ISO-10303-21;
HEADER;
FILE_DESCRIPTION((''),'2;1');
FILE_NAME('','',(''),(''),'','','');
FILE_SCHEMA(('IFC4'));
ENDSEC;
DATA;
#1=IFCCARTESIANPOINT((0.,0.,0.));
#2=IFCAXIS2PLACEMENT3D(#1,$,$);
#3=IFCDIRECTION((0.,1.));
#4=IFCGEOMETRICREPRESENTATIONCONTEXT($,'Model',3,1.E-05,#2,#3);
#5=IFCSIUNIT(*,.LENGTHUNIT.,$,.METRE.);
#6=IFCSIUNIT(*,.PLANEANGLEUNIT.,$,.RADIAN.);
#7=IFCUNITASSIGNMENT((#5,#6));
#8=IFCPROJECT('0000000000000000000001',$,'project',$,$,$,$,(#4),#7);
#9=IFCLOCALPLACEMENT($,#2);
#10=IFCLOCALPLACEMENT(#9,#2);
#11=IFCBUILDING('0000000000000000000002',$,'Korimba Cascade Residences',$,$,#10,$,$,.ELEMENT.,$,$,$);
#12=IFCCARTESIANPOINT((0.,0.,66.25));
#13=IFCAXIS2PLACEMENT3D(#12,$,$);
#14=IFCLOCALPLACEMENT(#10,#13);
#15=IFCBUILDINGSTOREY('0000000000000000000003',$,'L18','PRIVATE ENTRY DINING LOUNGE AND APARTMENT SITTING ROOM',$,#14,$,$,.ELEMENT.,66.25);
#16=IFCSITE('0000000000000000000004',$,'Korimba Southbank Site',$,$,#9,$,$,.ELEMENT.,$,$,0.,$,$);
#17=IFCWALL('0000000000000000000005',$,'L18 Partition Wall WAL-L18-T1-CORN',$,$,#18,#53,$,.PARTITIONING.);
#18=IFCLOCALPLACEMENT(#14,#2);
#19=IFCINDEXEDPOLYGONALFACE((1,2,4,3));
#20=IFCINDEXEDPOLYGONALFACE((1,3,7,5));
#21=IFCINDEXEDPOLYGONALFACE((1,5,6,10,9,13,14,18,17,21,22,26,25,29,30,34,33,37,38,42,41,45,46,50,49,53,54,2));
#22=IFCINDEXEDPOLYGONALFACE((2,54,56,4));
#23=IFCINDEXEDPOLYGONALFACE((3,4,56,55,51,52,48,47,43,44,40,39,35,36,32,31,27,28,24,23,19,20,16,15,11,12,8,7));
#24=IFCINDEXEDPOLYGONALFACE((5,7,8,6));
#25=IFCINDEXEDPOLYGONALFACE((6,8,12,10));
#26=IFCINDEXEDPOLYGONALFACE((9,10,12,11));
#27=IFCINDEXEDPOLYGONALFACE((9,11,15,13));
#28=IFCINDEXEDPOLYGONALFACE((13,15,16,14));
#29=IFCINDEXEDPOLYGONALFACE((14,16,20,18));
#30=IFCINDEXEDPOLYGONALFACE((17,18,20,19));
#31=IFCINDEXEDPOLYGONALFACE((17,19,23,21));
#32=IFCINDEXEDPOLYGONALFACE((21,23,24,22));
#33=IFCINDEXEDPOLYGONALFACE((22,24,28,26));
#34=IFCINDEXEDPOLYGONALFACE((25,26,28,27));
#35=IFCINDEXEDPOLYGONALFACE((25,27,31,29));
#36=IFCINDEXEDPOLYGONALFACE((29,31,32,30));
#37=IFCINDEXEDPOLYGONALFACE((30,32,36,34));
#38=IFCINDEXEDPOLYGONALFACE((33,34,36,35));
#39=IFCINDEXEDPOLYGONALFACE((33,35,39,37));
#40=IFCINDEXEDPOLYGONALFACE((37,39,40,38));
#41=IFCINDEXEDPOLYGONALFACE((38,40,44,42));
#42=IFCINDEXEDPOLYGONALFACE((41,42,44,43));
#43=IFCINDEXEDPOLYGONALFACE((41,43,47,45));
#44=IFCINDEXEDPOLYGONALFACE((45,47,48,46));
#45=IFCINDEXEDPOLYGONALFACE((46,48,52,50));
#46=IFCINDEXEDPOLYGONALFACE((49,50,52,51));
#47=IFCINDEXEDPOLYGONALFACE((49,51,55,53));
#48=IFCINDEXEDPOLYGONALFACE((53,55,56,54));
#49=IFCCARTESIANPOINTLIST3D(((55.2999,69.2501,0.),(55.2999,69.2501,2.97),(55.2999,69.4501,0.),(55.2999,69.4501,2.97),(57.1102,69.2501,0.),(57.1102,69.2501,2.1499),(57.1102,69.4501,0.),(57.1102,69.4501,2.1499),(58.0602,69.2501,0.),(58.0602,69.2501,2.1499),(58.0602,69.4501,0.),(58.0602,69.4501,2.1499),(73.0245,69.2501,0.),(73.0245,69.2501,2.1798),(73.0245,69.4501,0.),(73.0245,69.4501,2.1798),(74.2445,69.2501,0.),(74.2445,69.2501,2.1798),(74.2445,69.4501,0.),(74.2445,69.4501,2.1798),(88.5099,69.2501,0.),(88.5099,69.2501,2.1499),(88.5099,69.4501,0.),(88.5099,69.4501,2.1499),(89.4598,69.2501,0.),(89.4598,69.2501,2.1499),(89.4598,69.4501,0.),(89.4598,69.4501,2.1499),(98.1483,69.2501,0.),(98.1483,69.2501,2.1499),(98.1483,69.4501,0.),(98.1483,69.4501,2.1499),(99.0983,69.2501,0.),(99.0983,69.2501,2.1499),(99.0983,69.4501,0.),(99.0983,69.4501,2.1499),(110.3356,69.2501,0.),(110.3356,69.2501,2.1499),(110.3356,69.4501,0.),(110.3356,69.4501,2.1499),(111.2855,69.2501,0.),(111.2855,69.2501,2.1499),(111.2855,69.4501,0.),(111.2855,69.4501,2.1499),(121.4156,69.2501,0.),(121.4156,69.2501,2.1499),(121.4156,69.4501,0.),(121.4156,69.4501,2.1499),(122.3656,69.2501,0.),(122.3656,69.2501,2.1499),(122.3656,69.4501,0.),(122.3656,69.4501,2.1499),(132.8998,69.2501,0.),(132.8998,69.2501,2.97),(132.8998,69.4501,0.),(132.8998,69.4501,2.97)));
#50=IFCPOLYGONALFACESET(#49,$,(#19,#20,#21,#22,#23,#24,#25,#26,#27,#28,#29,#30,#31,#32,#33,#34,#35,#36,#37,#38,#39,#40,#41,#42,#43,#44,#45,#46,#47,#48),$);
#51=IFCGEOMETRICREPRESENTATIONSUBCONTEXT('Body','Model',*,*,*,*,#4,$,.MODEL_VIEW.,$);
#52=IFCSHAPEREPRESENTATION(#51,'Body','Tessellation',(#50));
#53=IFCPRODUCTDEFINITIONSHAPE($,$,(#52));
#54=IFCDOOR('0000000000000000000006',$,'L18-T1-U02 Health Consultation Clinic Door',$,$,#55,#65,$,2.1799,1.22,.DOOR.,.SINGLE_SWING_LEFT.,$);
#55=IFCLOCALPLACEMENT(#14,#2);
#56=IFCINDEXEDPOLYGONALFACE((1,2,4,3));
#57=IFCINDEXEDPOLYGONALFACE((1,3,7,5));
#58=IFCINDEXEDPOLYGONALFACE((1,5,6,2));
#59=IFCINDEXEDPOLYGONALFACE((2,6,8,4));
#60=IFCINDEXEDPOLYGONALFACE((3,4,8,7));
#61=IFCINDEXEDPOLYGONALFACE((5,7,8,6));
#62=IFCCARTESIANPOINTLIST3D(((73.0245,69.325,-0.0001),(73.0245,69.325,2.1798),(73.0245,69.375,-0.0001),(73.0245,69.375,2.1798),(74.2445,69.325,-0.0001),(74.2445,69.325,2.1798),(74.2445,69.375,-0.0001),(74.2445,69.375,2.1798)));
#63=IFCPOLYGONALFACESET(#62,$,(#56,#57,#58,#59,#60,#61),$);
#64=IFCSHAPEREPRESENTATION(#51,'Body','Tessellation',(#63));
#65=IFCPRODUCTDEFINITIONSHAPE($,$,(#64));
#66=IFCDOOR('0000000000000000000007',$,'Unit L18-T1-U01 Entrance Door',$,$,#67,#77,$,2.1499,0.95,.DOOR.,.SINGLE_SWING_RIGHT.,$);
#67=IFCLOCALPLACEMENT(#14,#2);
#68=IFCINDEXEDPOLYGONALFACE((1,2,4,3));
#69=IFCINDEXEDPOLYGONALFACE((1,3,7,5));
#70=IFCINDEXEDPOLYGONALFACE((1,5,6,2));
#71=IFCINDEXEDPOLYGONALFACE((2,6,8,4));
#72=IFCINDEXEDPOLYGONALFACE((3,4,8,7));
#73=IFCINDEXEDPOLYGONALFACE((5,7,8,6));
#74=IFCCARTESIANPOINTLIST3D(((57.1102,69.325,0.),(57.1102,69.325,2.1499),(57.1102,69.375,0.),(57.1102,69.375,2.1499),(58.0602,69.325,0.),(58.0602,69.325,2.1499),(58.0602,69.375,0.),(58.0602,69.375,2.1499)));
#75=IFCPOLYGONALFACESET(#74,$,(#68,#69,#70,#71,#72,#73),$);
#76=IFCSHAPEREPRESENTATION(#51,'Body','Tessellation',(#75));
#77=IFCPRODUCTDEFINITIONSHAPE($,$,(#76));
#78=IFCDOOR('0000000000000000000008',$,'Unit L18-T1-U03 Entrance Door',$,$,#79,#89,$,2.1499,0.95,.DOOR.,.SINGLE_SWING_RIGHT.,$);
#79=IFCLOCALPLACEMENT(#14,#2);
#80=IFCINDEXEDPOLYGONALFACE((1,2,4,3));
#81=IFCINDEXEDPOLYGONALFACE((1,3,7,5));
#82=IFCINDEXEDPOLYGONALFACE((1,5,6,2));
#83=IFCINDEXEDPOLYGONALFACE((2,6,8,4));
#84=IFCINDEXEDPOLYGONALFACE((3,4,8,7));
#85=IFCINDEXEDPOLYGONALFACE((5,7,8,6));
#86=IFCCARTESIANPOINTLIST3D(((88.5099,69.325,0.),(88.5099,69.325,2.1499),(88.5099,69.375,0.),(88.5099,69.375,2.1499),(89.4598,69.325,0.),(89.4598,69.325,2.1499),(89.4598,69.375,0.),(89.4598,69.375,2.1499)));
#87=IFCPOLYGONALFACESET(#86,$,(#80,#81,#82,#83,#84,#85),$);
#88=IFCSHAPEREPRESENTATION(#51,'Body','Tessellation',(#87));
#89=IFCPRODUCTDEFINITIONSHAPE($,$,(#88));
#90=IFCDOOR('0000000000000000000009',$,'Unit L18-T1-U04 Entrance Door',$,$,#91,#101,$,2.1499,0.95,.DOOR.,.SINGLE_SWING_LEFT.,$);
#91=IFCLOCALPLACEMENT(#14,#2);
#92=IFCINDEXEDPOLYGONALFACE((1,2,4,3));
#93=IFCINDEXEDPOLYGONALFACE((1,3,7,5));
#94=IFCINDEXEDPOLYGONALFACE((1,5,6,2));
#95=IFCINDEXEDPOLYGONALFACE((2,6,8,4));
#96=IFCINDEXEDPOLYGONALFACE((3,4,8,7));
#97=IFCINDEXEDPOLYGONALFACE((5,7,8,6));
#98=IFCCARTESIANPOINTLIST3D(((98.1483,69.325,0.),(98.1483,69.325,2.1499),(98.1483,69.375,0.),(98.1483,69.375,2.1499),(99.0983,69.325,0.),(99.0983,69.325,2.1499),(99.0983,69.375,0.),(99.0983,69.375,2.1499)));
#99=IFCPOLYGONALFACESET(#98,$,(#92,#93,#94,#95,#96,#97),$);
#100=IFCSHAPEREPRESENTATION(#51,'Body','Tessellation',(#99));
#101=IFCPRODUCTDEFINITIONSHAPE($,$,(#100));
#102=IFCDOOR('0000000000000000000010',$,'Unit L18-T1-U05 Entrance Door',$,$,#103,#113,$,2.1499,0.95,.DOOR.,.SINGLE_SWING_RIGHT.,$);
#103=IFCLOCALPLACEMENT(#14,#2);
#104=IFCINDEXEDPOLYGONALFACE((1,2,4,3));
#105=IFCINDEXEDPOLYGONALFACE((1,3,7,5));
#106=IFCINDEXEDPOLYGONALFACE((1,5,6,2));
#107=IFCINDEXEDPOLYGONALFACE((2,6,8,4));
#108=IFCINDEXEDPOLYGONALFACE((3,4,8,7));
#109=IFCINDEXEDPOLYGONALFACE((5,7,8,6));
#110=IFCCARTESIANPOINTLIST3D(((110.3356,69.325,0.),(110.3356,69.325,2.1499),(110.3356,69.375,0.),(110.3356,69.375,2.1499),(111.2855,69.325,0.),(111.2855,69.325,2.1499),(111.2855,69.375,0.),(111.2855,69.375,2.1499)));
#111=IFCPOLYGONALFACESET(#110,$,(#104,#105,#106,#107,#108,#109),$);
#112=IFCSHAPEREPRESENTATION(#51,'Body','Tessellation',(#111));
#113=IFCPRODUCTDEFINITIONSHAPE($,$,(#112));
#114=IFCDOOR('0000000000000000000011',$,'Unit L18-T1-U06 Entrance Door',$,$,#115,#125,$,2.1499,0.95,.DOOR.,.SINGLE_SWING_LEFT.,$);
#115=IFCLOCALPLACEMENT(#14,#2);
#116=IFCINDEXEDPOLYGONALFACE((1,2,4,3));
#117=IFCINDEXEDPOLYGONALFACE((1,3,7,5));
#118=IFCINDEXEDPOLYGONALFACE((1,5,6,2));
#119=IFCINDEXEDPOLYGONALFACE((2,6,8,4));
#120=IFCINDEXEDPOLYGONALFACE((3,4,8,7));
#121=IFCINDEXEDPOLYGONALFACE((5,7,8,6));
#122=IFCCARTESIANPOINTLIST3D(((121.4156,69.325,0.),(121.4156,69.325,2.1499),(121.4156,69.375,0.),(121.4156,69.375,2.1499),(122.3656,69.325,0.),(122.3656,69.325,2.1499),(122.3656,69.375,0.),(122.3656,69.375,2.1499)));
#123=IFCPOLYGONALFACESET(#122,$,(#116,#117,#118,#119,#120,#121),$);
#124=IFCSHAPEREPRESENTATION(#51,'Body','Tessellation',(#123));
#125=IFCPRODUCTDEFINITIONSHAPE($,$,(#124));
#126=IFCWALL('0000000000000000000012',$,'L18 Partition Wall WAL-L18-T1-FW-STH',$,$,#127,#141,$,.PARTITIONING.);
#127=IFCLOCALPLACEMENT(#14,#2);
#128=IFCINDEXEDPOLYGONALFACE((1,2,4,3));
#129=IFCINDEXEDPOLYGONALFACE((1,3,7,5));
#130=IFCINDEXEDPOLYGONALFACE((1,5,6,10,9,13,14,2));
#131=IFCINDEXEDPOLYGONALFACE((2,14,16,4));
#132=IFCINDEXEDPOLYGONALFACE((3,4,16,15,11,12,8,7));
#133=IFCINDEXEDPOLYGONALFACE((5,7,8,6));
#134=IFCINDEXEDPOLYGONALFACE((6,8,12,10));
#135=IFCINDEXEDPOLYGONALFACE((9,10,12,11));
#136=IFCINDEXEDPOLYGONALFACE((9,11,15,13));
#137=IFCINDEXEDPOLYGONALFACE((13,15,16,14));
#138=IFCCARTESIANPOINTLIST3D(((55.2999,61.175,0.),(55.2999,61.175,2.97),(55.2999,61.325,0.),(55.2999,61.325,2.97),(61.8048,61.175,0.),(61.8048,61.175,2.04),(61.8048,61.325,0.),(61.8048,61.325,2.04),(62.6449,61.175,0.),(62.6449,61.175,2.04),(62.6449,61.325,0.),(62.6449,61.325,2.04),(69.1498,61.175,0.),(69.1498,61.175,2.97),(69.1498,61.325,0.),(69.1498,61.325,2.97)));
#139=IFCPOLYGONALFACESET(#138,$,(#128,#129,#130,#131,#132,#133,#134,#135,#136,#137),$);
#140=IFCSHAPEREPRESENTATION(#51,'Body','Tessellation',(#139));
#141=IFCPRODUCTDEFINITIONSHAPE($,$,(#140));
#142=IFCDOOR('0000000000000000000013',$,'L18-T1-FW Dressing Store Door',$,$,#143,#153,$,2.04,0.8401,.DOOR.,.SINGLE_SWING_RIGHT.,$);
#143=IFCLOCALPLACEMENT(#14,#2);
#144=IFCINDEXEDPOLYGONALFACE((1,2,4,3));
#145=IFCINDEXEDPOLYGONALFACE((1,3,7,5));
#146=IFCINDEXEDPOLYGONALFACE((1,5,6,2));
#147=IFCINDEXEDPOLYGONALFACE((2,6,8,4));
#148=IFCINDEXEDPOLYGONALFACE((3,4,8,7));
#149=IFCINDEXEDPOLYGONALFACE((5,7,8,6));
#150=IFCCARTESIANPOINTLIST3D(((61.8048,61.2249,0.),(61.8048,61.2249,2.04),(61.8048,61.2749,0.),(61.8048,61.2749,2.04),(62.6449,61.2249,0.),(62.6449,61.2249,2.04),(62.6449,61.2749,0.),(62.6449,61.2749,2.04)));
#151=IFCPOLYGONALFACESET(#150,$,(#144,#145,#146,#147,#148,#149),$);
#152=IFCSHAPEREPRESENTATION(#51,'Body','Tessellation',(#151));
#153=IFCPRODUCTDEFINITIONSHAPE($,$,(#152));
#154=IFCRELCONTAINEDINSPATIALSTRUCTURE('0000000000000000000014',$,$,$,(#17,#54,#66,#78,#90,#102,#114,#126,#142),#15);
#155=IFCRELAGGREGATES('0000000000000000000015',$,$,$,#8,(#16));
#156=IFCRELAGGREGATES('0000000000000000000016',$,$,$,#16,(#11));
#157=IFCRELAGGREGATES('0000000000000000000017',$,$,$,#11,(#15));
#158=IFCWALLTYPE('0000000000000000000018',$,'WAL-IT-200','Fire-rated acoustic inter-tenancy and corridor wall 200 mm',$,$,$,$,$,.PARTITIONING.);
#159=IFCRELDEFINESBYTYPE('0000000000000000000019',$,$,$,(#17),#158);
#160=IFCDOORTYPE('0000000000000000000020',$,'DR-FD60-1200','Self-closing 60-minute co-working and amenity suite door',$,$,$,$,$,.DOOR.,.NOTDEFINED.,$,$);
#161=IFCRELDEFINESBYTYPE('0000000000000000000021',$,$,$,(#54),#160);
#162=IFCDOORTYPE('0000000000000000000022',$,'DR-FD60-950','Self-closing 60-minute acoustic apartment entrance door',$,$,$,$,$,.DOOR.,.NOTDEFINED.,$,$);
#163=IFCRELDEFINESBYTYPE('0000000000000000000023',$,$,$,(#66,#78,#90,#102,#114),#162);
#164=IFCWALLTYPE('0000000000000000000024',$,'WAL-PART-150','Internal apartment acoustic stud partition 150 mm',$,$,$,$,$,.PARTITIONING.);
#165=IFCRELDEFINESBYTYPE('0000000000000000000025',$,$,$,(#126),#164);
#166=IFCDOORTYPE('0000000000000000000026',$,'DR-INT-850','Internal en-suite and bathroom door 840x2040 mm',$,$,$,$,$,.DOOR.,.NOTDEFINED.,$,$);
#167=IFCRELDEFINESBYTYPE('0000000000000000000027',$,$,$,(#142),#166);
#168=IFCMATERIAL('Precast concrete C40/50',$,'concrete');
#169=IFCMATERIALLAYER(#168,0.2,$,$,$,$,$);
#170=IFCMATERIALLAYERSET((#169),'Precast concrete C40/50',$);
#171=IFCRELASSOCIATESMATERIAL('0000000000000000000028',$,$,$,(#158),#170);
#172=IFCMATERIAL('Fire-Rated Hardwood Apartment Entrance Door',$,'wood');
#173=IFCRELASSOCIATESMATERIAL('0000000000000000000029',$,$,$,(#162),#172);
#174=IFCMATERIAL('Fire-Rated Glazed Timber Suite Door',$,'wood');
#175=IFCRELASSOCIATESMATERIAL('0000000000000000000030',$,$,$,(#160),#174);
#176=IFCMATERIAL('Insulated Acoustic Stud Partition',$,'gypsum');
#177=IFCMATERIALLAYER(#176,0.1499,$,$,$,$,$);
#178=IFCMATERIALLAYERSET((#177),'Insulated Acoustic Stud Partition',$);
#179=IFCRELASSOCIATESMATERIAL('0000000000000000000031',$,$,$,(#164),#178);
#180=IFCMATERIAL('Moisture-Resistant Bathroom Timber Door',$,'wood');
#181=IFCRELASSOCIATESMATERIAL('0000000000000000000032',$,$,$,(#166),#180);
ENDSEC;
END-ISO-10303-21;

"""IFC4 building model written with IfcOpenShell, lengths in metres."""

from ifc_helpers import new_model, si_unit, direction, frame, frame_2d, origin, place, context, subcontext, project, spatial, rectangle, extrude, material, layer, layer_set, type_object, element, fill, save


model = new_model("IFC4")

# Units and contexts
model_context = context("Model", 3, precision=1e-05, world=origin(), true_north=direction((0.0, 1.0)))
body_context = subcontext(model_context, "Body", "Model", "MODEL_VIEW")
ifc_project = project(units=[si_unit("LENGTHUNIT", "METRE"), si_unit("PLANEANGLEUNIT", "RADIAN")], contexts=[model_context])

# Site, building, storey
site_placement = place(None, origin())
site = spatial("IfcSite", under=ifc_project, at=site_placement, Name="Korimba Southbank Site", CompositionType="ELEMENT", RefElevation=0.0)
building_placement = place(site_placement, origin())
building = spatial("IfcBuilding", under=site, at=building_placement, Name="Korimba Cascade Residences", CompositionType="ELEMENT")
storey_placement = place(building_placement, frame((0.0, 0.0, 66.25)))
storey = spatial("IfcBuildingStorey", under=building, at=storey_placement, Name="L18", Description="PRIVATE ENTRY DINING LOUNGE AND APARTMENT SITTING ROOM", CompositionType="ELEMENT", Elevation=66.25)

# Shared definitions
ifc_material_1 = material(Name="Precast concrete C40/50", Category="concrete")
ifc_layer_1 = layer(ifc_material_1, 0.2)
ifc_layer_set_1 = layer_set([ifc_layer_1], Name="Precast concrete C40/50")
wall_type_1 = type_object("IfcWallType", Name="WAL-IT-200", Description="Fire-rated acoustic inter-tenancy and corridor wall 200 mm", PredefinedType="PARTITIONING", material=ifc_layer_set_1)
ifc_material_2 = material(Name="Fire-Rated Hardwood Apartment Entrance Door", Category="wood")
door_type_1 = type_object("IfcDoorType", Name="DR-FD60-950", Description="Self-closing 60-minute acoustic apartment entrance door", OperationType="NOTDEFINED", PredefinedType="DOOR", material=ifc_material_2)

# Wall, openings, doors
wall_1_placement = place(storey_placement, frame((55.3, 69.3501, 0.0), z_axis=(0.0, 0.0, 1.0), x_axis=(1.0, 0.0, 0.0)))
wall_1 = element("IfcWall", 1, at=wall_1_placement, inside=storey, type_object=wall_type_1, Name="L18 Partition Wall WAL-L18-T1-CORN", PredefinedType="PARTITIONING", context=body_context, shape_type="SweptSolid", body=[
    extrude(rectangle(XDim=77.5999, YDim=0.2, at=frame_2d((38.7998, 0.0))), origin(), (0.0, 0.0, 1.0), 2.97),
])
opening_1_placement = place(wall_1_placement, frame((1.8101, 0.0, 0.0)))
opening_1 = element("IfcOpeningElement", 2, at=opening_1_placement, cuts=wall_1, PredefinedType="OPENING", context=body_context, shape_type="SweptSolid", body=[
    extrude(rectangle(XDim=0.95, YDim=2.1499, at=frame_2d((0.4751, 1.075))), frame((0.0, 0.1099, 0.0), z_axis=(0.0, -1.0, 0.0), x_axis=(1.0, 0.0, 0.0)), (0.0, 0.0, 1.0), 0.22),
])
opening_2_placement = place(wall_1_placement, frame((17.7246, 0.0, 0.0)))
opening_2 = element("IfcOpeningElement", 3, at=opening_2_placement, cuts=wall_1, PredefinedType="OPENING", context=body_context, shape_type="SweptSolid", body=[
    extrude(rectangle(XDim=1.22, YDim=2.1799, at=frame_2d((0.6099, 1.0898))), frame((0.0, 0.1099, 0.0), z_axis=(0.0, -1.0, 0.0), x_axis=(1.0, 0.0, 0.0)), (0.0, 0.0, 1.0), 0.22),
])
opening_3_placement = place(wall_1_placement, frame((33.2097, 0.0, 0.0)))
opening_3 = element("IfcOpeningElement", 4, at=opening_3_placement, cuts=wall_1, PredefinedType="OPENING", context=body_context, shape_type="SweptSolid", body=[
    extrude(rectangle(XDim=0.95, YDim=2.1499, at=frame_2d((0.4751, 1.075))), frame((0.0, 0.1099, 0.0), z_axis=(0.0, -1.0, 0.0), x_axis=(1.0, 0.0, 0.0)), (0.0, 0.0, 1.0), 0.22),
])
opening_4_placement = place(wall_1_placement, frame((42.8481, 0.0, 0.0)))
opening_4 = element("IfcOpeningElement", 5, at=opening_4_placement, cuts=wall_1, PredefinedType="OPENING", context=body_context, shape_type="SweptSolid", body=[
    extrude(rectangle(XDim=0.95, YDim=2.1499, at=frame_2d((0.4751, 1.075))), frame((0.0, 0.1099, 0.0), z_axis=(0.0, -1.0, 0.0), x_axis=(1.0, 0.0, 0.0)), (0.0, 0.0, 1.0), 0.22),
])
opening_5_placement = place(wall_1_placement, frame((55.0354, 0.0, 0.0)))
opening_5 = element("IfcOpeningElement", 6, at=opening_5_placement, cuts=wall_1, PredefinedType="OPENING", context=body_context, shape_type="SweptSolid", body=[
    extrude(rectangle(XDim=0.95, YDim=2.1499, at=frame_2d((0.4751, 1.075))), frame((0.0, 0.1099, 0.0), z_axis=(0.0, -1.0, 0.0), x_axis=(1.0, 0.0, 0.0)), (0.0, 0.0, 1.0), 0.22),
])
opening_6_placement = place(wall_1_placement, frame((66.1155, 0.0, 0.0)))
opening_6 = element("IfcOpeningElement", 7, at=opening_6_placement, cuts=wall_1, PredefinedType="OPENING", context=body_context, shape_type="SweptSolid", body=[
    extrude(rectangle(XDim=0.95, YDim=2.1499, at=frame_2d((0.4751, 1.075))), frame((0.0, 0.1099, 0.0), z_axis=(0.0, -1.0, 0.0), x_axis=(1.0, 0.0, 0.0)), (0.0, 0.0, 1.0), 0.22),
])
ifc_material_3 = material(Name="Fire-Rated Glazed Timber Suite Door", Category="wood")
door_type_2 = type_object("IfcDoorType", Name="DR-FD60-1200", Description="Self-closing 60-minute co-working and amenity suite door", OperationType="NOTDEFINED", PredefinedType="DOOR", material=ifc_material_3)
door_1_placement = place(opening_2_placement, origin())
door_1 = element("IfcDoor", 8, at=door_1_placement, inside=storey, type_object=door_type_2, Name="L18-T1-U02 Health Consultation Clinic Door", OperationType="SINGLE_SWING_LEFT", OverallHeight=2.1799, OverallWidth=1.22, PredefinedType="DOOR", context=body_context, shape_type="SweptSolid", body=[
    extrude(rectangle(XDim=1.22, YDim=2.1799, at=frame_2d((0.6099, 1.0898))), frame((0.0, 0.0249, 0.0), z_axis=(0.0, -1.0, 0.0), x_axis=(1.0, 0.0, 0.0)), (0.0, 0.0, 1.0), 0.05),
])
fill(opening_2, door_1)
door_2_placement = place(opening_1_placement, origin())
door_2 = element("IfcDoor", 9, at=door_2_placement, inside=storey, type_object=door_type_1, Name="Unit L18-T1-U01 Entrance Door", OperationType="SINGLE_SWING_RIGHT", OverallHeight=2.1499, OverallWidth=0.95, PredefinedType="DOOR", context=body_context, shape_type="SweptSolid", body=[
    extrude(rectangle(XDim=0.95, YDim=2.1499, at=frame_2d((0.4751, 1.075))), frame((0.0, 0.0249, 0.0), z_axis=(0.0, -1.0, 0.0), x_axis=(1.0, 0.0, 0.0)), (0.0, 0.0, 1.0), 0.05),
])
fill(opening_1, door_2)
door_3_placement = place(opening_3_placement, origin())
door_3 = element("IfcDoor", 10, at=door_3_placement, inside=storey, type_object=door_type_1, Name="Unit L18-T1-U03 Entrance Door", OperationType="SINGLE_SWING_RIGHT", OverallHeight=2.1499, OverallWidth=0.95, PredefinedType="DOOR", context=body_context, shape_type="SweptSolid", body=[
    extrude(rectangle(XDim=0.95, YDim=2.1499, at=frame_2d((0.4751, 1.075))), frame((0.0, 0.0249, 0.0), z_axis=(0.0, -1.0, 0.0), x_axis=(1.0, 0.0, 0.0)), (0.0, 0.0, 1.0), 0.05),
])
fill(opening_3, door_3)
door_4_placement = place(opening_4_placement, origin())
door_4 = element("IfcDoor", 11, at=door_4_placement, inside=storey, type_object=door_type_1, Name="Unit L18-T1-U04 Entrance Door", OperationType="SINGLE_SWING_LEFT", OverallHeight=2.1499, OverallWidth=0.95, PredefinedType="DOOR", context=body_context, shape_type="SweptSolid", body=[
    extrude(rectangle(XDim=0.95, YDim=2.1499, at=frame_2d((0.4751, 1.075))), frame((0.0, 0.0249, 0.0), z_axis=(0.0, -1.0, 0.0), x_axis=(1.0, 0.0, 0.0)), (0.0, 0.0, 1.0), 0.05),
])
fill(opening_4, door_4)
door_5_placement = place(opening_5_placement, origin())
door_5 = element("IfcDoor", 12, at=door_5_placement, inside=storey, type_object=door_type_1, Name="Unit L18-T1-U05 Entrance Door", OperationType="SINGLE_SWING_RIGHT", OverallHeight=2.1499, OverallWidth=0.95, PredefinedType="DOOR", context=body_context, shape_type="SweptSolid", body=[
    extrude(rectangle(XDim=0.95, YDim=2.1499, at=frame_2d((0.4751, 1.075))), frame((0.0, 0.0249, 0.0), z_axis=(0.0, -1.0, 0.0), x_axis=(1.0, 0.0, 0.0)), (0.0, 0.0, 1.0), 0.05),
])
fill(opening_5, door_5)
door_6_placement = place(opening_6_placement, origin())
door_6 = element("IfcDoor", 13, at=door_6_placement, inside=storey, type_object=door_type_1, Name="Unit L18-T1-U06 Entrance Door", OperationType="SINGLE_SWING_LEFT", OverallHeight=2.1499, OverallWidth=0.95, PredefinedType="DOOR", context=body_context, shape_type="SweptSolid", body=[
    extrude(rectangle(XDim=0.95, YDim=2.1499, at=frame_2d((0.4751, 1.075))), frame((0.0, 0.0249, 0.0), z_axis=(0.0, -1.0, 0.0), x_axis=(1.0, 0.0, 0.0)), (0.0, 0.0, 1.0), 0.05),
])
fill(opening_6, door_6)

# Wall, opening, door
ifc_material_4 = material(Name="Insulated Acoustic Stud Partition", Category="gypsum")
ifc_layer_2 = layer(ifc_material_4, 0.1499)
ifc_layer_set_2 = layer_set([ifc_layer_2], Name="Insulated Acoustic Stud Partition")
wall_type_2 = type_object("IfcWallType", Name="WAL-PART-150", Description="Internal apartment acoustic stud partition 150 mm", PredefinedType="PARTITIONING", material=ifc_layer_set_2)
wall_2_placement = place(storey_placement, frame((55.3, 61.25, 0.0), z_axis=(0.0, 0.0, 1.0), x_axis=(1.0, 0.0, 0.0)))
wall_2 = element("IfcWall", 14, at=wall_2_placement, inside=storey, type_object=wall_type_2, Name="L18 Partition Wall WAL-L18-T1-FW-STH", PredefinedType="PARTITIONING", context=body_context, shape_type="SweptSolid", body=[
    extrude(rectangle(XDim=13.8499, YDim=0.1499, at=frame_2d((6.9248, 0.0))), origin(), (0.0, 0.0, 1.0), 2.97),
])
opening_7_placement = place(wall_2_placement, frame((6.5049, 0.0, 0.0)))
opening_7 = element("IfcOpeningElement", 15, at=opening_7_placement, cuts=wall_2, PredefinedType="OPENING", context=body_context, shape_type="SweptSolid", body=[
    extrude(rectangle(XDim=0.8401, YDim=2.04, at=frame_2d((0.4199, 1.02))), frame((0.0, 0.085, 0.0), z_axis=(0.0, -1.0, 0.0), x_axis=(1.0, 0.0, 0.0)), (0.0, 0.0, 1.0), 0.1699),
])
ifc_material_5 = material(Name="Moisture-Resistant Bathroom Timber Door", Category="wood")
door_type_3 = type_object("IfcDoorType", Name="DR-INT-850", Description="Internal en-suite and bathroom door 840x2040 mm", OperationType="NOTDEFINED", PredefinedType="DOOR", material=ifc_material_5)
door_7_placement = place(opening_7_placement, origin())
door_7 = element("IfcDoor", 16, at=door_7_placement, inside=storey, type_object=door_type_3, Name="L18-T1-FW Dressing Store Door", OperationType="SINGLE_SWING_RIGHT", OverallHeight=2.04, OverallWidth=0.8401, PredefinedType="DOOR", context=body_context, shape_type="SweptSolid", body=[
    extrude(rectangle(XDim=0.8401, YDim=2.04, at=frame_2d((0.4199, 1.02))), frame((0.0, 0.0249, 0.0), z_axis=(0.0, -1.0, 0.0), x_axis=(1.0, 0.0, 0.0)), (0.0, 0.0, 1.0), 0.05),
])
fill(opening_7, door_7)

save(model, "model.ifc")
